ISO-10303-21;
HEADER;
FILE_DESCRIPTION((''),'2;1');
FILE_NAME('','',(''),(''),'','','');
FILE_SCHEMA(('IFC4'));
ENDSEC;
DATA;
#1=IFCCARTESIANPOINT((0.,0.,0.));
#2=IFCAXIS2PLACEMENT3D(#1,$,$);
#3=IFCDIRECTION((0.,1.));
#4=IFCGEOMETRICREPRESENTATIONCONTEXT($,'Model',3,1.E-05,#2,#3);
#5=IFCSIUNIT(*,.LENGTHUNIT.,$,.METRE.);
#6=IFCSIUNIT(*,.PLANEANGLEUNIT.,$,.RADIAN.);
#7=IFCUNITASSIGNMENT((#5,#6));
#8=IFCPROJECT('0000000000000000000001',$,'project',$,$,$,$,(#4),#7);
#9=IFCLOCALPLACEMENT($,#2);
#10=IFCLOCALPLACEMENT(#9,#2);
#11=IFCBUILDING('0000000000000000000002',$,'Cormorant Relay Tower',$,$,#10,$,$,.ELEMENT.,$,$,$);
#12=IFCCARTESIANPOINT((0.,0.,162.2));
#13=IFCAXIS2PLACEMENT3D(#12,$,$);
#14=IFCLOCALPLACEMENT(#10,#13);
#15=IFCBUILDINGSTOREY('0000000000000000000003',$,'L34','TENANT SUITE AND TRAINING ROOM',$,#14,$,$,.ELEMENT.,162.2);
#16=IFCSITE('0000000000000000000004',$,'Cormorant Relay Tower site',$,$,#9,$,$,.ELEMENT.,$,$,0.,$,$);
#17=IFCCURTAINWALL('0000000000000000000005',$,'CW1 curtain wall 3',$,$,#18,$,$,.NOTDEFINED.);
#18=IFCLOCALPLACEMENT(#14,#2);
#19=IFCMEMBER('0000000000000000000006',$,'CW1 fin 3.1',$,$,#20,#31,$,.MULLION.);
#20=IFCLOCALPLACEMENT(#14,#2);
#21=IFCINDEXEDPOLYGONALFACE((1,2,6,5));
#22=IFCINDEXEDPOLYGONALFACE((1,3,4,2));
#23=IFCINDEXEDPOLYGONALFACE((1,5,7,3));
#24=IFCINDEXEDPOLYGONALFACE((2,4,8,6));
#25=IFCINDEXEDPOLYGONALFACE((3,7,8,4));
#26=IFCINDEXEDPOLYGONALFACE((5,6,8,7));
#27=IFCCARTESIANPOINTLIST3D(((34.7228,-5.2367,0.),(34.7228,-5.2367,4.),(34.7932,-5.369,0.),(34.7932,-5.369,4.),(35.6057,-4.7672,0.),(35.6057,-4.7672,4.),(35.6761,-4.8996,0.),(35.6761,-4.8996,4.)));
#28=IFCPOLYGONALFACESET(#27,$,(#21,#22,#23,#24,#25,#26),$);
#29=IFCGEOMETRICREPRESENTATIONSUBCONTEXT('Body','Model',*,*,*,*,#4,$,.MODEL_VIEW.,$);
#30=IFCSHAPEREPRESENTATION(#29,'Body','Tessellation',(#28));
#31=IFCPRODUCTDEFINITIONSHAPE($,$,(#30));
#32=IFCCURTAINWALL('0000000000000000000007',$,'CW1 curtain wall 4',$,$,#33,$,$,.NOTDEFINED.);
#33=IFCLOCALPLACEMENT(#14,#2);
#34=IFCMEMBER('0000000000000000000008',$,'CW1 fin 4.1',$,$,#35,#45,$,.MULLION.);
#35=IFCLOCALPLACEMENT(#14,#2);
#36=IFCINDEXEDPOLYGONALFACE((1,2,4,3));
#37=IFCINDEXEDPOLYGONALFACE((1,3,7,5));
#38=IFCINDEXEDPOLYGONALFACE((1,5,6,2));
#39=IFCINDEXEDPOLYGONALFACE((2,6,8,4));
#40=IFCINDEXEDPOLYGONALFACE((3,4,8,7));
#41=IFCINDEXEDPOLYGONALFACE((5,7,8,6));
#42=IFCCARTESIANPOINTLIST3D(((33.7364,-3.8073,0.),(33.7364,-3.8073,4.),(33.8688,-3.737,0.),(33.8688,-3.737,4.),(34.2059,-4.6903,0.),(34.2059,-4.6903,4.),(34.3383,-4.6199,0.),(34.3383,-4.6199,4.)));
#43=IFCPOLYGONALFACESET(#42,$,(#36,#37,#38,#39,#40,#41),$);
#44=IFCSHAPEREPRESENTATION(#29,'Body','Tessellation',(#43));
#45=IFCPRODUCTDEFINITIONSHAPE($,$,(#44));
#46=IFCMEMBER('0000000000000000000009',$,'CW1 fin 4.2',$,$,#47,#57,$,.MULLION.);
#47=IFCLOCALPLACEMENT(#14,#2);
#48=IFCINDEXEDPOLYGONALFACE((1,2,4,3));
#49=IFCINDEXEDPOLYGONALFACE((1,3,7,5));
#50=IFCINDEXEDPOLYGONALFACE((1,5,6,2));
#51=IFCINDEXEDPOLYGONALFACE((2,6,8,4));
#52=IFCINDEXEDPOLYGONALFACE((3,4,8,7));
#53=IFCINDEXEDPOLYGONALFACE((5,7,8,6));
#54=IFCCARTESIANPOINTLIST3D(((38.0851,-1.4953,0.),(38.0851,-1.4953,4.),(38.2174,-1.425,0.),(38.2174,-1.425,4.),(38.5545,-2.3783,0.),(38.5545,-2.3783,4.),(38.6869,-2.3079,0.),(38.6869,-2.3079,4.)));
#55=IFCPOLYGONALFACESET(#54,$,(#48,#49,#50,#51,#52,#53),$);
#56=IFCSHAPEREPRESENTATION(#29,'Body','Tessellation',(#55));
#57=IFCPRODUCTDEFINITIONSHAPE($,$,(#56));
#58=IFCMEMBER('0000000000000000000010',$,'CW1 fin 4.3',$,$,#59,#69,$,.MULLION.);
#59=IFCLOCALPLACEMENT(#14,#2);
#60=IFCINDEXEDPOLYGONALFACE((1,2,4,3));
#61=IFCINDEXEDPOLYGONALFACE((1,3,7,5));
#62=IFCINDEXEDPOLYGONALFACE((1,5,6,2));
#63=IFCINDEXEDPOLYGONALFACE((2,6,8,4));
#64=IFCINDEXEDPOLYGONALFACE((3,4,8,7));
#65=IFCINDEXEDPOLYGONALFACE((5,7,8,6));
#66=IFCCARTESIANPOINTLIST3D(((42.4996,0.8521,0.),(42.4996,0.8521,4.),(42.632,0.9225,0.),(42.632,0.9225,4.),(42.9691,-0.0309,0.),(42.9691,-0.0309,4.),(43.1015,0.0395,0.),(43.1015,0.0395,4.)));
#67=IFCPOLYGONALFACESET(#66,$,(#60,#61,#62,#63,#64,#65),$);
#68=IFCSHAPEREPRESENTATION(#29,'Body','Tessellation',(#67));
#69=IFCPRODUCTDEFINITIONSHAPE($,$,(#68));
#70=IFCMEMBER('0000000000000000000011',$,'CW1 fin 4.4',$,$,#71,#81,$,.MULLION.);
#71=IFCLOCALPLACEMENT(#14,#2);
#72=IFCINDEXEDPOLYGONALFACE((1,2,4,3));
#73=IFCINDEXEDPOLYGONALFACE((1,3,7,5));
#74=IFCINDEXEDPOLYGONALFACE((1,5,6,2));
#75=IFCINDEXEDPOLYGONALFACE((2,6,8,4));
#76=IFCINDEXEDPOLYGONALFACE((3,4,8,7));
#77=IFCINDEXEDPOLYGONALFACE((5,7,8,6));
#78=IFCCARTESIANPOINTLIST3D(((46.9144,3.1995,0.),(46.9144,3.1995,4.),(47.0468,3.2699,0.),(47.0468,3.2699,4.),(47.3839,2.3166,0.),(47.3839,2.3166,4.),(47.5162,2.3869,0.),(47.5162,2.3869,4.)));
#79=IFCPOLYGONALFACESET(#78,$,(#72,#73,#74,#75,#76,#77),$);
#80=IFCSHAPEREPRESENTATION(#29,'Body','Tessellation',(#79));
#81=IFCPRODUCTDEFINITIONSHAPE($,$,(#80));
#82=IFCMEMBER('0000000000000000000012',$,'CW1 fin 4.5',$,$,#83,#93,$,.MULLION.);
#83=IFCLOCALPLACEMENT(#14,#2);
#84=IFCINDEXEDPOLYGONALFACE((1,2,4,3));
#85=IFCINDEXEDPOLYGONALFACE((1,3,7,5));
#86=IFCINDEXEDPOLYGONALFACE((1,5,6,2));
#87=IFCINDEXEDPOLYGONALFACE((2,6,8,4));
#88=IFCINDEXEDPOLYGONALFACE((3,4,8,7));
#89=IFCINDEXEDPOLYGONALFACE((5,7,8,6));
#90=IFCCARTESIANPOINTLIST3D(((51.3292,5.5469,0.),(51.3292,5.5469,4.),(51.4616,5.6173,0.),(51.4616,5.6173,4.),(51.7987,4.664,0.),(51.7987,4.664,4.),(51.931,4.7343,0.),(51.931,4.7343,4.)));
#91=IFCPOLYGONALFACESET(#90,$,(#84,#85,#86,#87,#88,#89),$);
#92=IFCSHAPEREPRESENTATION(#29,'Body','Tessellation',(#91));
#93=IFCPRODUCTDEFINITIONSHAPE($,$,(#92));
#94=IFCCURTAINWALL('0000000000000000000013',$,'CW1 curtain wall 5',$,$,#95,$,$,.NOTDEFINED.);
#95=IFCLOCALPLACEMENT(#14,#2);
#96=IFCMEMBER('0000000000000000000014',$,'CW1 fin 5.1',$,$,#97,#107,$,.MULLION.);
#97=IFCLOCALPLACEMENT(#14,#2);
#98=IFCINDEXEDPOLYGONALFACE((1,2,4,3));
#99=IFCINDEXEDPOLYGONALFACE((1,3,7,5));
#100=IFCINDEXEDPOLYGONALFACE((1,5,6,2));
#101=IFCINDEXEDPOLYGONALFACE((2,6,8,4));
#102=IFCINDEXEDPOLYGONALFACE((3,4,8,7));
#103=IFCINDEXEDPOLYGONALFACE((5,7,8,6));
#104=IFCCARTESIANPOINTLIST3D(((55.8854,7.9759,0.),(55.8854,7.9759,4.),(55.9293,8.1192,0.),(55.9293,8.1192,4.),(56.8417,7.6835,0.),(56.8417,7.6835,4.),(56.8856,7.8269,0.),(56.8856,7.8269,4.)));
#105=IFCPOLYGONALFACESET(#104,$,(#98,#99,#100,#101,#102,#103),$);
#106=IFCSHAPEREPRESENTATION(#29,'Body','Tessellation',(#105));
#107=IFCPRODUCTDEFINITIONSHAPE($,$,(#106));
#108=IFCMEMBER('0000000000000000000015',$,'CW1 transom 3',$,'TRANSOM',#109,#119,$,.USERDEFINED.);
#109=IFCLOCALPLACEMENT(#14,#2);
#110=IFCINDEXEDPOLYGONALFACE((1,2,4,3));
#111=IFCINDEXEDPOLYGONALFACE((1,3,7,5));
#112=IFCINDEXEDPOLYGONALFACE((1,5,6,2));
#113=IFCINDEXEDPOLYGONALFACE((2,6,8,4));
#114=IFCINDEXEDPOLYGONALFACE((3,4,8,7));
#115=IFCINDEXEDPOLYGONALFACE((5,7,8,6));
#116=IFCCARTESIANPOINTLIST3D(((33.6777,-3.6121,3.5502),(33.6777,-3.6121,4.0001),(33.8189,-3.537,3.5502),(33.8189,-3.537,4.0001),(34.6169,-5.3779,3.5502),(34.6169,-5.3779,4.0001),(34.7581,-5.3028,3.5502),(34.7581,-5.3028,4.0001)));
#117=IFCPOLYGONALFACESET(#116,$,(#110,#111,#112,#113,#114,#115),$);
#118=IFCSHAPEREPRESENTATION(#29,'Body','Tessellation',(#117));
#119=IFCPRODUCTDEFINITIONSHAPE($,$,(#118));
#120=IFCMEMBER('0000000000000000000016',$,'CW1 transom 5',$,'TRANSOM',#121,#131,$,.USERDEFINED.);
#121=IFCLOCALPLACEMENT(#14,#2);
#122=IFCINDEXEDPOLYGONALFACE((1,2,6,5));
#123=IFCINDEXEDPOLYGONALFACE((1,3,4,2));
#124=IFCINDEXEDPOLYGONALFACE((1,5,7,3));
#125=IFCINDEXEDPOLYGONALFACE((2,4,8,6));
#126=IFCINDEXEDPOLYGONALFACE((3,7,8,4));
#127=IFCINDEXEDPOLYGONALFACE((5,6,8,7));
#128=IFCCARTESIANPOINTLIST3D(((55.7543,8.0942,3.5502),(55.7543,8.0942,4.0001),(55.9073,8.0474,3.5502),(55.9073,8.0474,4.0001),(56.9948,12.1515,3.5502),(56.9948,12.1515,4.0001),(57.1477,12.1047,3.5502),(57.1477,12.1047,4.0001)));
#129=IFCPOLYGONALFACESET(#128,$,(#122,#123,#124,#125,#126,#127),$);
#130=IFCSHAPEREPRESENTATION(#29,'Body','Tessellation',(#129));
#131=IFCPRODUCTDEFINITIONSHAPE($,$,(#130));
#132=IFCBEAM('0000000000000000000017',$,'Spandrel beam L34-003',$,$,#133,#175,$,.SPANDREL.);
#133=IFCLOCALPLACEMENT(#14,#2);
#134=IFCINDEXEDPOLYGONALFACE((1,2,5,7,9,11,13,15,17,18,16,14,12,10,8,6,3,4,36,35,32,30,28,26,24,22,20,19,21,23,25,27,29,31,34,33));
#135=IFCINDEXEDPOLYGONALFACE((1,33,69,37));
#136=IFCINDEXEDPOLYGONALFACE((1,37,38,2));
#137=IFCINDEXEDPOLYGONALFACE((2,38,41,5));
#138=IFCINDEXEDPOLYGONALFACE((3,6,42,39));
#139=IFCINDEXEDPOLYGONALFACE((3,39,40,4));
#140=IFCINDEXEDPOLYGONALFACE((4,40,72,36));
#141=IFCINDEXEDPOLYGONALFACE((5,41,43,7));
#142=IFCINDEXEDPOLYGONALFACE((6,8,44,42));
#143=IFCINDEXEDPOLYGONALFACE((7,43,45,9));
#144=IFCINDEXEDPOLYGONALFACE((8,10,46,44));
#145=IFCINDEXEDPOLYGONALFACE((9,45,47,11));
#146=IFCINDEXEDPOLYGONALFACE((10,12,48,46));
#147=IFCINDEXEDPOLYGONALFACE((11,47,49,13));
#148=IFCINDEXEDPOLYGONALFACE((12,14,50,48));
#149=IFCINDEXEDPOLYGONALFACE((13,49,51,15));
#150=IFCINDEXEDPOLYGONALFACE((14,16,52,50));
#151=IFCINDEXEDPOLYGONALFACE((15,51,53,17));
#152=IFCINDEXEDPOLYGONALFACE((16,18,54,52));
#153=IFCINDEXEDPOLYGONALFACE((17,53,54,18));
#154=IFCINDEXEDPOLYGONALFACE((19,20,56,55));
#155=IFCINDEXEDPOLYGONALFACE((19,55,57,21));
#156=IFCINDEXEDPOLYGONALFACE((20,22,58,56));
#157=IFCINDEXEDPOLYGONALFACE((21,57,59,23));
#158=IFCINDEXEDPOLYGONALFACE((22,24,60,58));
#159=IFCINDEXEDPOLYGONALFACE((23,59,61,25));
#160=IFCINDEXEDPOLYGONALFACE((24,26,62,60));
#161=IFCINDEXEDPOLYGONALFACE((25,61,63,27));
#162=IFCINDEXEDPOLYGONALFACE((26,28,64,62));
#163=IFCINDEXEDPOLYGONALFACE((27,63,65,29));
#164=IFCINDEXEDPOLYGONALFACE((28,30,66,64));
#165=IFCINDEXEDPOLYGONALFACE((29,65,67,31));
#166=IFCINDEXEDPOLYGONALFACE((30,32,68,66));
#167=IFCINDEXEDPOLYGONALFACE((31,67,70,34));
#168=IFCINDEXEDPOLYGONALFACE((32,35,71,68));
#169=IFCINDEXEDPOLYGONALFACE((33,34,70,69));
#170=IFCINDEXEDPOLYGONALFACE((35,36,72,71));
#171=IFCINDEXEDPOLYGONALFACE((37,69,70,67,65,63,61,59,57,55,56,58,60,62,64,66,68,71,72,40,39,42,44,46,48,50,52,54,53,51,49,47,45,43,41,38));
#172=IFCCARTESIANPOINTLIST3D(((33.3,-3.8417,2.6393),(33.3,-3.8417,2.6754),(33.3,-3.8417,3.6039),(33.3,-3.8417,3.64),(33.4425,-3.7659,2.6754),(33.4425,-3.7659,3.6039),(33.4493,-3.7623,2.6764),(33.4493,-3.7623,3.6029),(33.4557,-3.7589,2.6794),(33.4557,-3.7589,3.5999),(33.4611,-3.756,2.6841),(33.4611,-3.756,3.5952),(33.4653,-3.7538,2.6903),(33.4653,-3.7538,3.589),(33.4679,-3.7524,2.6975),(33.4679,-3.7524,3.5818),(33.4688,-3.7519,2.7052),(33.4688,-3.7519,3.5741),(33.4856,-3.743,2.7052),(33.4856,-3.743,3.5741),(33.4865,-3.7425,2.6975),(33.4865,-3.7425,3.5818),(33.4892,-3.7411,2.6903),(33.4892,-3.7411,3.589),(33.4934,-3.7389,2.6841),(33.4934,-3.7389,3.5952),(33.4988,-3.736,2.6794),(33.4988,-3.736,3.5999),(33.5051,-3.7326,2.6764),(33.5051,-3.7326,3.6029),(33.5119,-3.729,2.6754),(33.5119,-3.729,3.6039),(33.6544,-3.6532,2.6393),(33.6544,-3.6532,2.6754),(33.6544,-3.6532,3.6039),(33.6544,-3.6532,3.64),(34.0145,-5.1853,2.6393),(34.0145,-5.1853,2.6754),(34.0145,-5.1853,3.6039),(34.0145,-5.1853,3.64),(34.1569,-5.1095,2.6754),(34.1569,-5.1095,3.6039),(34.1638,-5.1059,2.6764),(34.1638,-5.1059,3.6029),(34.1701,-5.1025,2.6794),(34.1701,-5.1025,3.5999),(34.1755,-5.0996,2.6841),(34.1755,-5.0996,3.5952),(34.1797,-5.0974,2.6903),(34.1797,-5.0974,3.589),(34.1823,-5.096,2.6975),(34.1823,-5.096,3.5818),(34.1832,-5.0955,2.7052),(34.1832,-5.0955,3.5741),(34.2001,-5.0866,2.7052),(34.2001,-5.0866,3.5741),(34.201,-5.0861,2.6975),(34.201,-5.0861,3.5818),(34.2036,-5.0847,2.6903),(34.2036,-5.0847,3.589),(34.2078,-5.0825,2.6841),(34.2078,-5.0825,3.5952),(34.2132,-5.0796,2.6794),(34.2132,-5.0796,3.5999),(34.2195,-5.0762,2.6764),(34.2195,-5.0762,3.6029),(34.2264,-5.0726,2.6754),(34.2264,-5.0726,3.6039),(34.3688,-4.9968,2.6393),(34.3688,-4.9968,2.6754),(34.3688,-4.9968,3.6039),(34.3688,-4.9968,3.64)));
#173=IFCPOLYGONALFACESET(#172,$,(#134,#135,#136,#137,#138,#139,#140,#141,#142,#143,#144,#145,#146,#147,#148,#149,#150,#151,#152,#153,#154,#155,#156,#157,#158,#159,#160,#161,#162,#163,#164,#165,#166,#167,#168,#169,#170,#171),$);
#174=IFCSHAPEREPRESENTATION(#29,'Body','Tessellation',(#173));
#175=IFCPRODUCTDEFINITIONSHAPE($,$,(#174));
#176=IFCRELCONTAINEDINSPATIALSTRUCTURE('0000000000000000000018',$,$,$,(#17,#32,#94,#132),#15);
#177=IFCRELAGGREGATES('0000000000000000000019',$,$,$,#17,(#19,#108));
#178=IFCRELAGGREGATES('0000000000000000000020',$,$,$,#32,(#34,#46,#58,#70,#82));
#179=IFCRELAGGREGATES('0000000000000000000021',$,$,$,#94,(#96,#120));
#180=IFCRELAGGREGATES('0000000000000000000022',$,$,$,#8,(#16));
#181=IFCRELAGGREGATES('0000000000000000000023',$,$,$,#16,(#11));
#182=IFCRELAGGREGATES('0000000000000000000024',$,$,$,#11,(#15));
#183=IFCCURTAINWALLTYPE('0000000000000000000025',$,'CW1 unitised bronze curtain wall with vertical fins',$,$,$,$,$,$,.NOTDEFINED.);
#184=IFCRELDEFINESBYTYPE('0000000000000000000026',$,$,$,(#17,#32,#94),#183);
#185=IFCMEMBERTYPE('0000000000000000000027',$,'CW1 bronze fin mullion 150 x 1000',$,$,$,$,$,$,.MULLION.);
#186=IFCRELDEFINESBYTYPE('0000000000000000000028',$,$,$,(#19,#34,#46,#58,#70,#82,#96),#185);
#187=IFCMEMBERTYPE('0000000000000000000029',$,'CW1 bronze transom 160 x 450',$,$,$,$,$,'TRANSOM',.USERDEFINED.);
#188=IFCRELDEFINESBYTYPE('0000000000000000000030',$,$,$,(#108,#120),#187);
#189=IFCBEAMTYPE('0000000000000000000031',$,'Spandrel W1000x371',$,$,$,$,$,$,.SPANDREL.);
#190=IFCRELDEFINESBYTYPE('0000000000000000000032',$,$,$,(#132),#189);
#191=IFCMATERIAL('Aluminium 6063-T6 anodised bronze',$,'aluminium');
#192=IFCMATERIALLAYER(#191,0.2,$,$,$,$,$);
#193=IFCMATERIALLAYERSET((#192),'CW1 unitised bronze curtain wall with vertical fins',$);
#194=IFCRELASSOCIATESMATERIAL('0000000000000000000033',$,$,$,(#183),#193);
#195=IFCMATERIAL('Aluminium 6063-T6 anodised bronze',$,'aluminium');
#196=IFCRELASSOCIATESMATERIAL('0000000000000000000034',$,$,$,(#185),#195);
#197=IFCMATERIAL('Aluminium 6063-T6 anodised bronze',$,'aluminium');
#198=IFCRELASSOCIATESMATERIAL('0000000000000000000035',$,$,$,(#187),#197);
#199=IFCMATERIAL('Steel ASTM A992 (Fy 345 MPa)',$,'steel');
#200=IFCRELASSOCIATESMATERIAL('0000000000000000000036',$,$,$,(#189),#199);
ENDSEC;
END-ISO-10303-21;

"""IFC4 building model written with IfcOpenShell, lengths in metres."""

from ifc_helpers import new_model, si_unit, direction, frame, origin, origin_2d, place, context, subcontext, project, spatial, rectangle, i_section, extrude, material, layer, layer_set, material_profile, profile_set, type_object, element, aggregate, save


model = new_model("IFC4")

# Units and contexts
model_context = context("Model", 3, precision=1e-05, world=origin(), true_north=direction((0.0, 1.0)))
body_context = subcontext(model_context, "Body", "Model", "MODEL_VIEW")
ifc_project = project(units=[si_unit("LENGTHUNIT", "METRE"), si_unit("PLANEANGLEUNIT", "RADIAN")], contexts=[model_context])

# Site, building, storey
site_placement = place(None, origin())
site = spatial("IfcSite", under=ifc_project, at=site_placement, Name="Cormorant Relay Tower site", CompositionType="ELEMENT", RefElevation=0.0)
building_placement = place(site_placement, origin())
building = spatial("IfcBuilding", under=site, at=building_placement, Name="Cormorant Relay Tower", CompositionType="ELEMENT")
storey_placement = place(building_placement, frame((0.0, 0.0, 162.2)))
storey = spatial("IfcBuildingStorey", under=building, at=storey_placement, Name="L34", Description="TENANT SUITE AND TRAINING ROOM", CompositionType="ELEMENT", Elevation=162.2)

# Curtain wall, member
ifc_material_1 = material(Name="Aluminium 6063-T6 anodised bronze", Category="aluminium")
ifc_layer_1 = layer(ifc_material_1, 0.2)
ifc_layer_set_1 = layer_set([ifc_layer_1], Name="CW1 unitised bronze curtain wall with vertical fins")
curtain_wall_type = type_object("IfcCurtainWallType", Name="CW1 unitised bronze curtain wall with vertical fins", PredefinedType="NOTDEFINED", material=ifc_layer_set_1)
curtain_wall_1_placement = place(storey_placement, origin())
curtain_wall_1 = element("IfcCurtainWall", 1, at=curtain_wall_1_placement, inside=storey, type_object=curtain_wall_type, Name="CW1 curtain wall 3", PredefinedType="NOTDEFINED")
ifc_material_2 = material(Name="Aluminium 6063-T6 anodised bronze", Category="aluminium")
ifc_material_profile_1 = material_profile(ifc_material_2, rectangle(XDim=0.1499, YDim=1.0, at=origin_2d()), Name="AL 150x1000")
ifc_profile_set_1 = profile_set([ifc_material_profile_1], Name="Aluminium 6063-T6 anodised bronze")
member_type_1 = type_object("IfcMemberType", Name="CW1 bronze fin mullion 150 x 1000", PredefinedType="MULLION", material=ifc_profile_set_1)
member_1_placement = place(storey_placement, frame((35.1995, -5.0681, 0.0), z_axis=(0.0, 0.0, 1.0), x_axis=(-0.469472, 0.882948, 0.0)))
member_1 = element("IfcMember", 2, at=member_1_placement, type_object=member_type_1, Name="CW1 fin 3.1", PredefinedType="MULLION", context=body_context, shape_type="SweptSolid", body=[
    extrude(rectangle(XDim=0.1499, YDim=1.0, at=origin_2d()), origin(), (0.0, 0.0, 1.0), 4.0),
])

# Curtain wall, members
curtain_wall_2_placement = place(storey_placement, origin())
curtain_wall_2 = element("IfcCurtainWall", 3, at=curtain_wall_2_placement, inside=storey, type_object=curtain_wall_type, Name="CW1 curtain wall 4", PredefinedType="NOTDEFINED")
member_2_placement = place(storey_placement, frame((34.0374, -4.2136, 0.0), z_axis=(0.0, 0.0, 1.0), x_axis=(0.882948, 0.469472, 0.0)))
member_2 = element("IfcMember", 4, at=member_2_placement, type_object=member_type_1, Name="CW1 fin 4.1", PredefinedType="MULLION", context=body_context, shape_type="SweptSolid", body=[
    extrude(rectangle(XDim=0.1499, YDim=1.0, at=origin_2d()), origin(), (0.0, 0.0, 1.0), 4.0),
])
member_3_placement = place(storey_placement, frame((38.386, -1.9016, 0.0), z_axis=(0.0, 0.0, 1.0), x_axis=(0.882948, 0.469472, 0.0)))
member_3 = element("IfcMember", 5, at=member_3_placement, type_object=member_type_1, Name="CW1 fin 4.2", PredefinedType="MULLION", context=body_context, shape_type="SweptSolid", body=[
    extrude(rectangle(XDim=0.1499, YDim=1.0, at=origin_2d()), origin(), (0.0, 0.0, 1.0), 4.0),
])
member_4_placement = place(storey_placement, frame((42.8005, 0.4458, 0.0), z_axis=(0.0, 0.0, 1.0), x_axis=(0.882948, 0.469472, 0.0)))
member_4 = element("IfcMember", 6, at=member_4_placement, type_object=member_type_1, Name="CW1 fin 4.3", PredefinedType="MULLION", context=body_context, shape_type="SweptSolid", body=[
    extrude(rectangle(XDim=0.1499, YDim=1.0, at=origin_2d()), origin(), (0.0, 0.0, 1.0), 4.0),
])
member_5_placement = place(storey_placement, frame((47.2153, 2.7932, 0.0), z_axis=(0.0, 0.0, 1.0), x_axis=(0.882948, 0.469472, 0.0)))
member_5 = element("IfcMember", 7, at=member_5_placement, type_object=member_type_1, Name="CW1 fin 4.4", PredefinedType="MULLION", context=body_context, shape_type="SweptSolid", body=[
    extrude(rectangle(XDim=0.1499, YDim=1.0, at=origin_2d()), origin(), (0.0, 0.0, 1.0), 4.0),
])
member_6_placement = place(storey_placement, frame((51.6301, 5.1406, 0.0), z_axis=(0.0, 0.0, 1.0), x_axis=(0.882948, 0.469472, 0.0)))
member_6 = element("IfcMember", 8, at=member_6_placement, type_object=member_type_1, Name="CW1 fin 4.5", PredefinedType="MULLION", context=body_context, shape_type="SweptSolid", body=[
    extrude(rectangle(XDim=0.1499, YDim=1.0, at=origin_2d()), origin(), (0.0, 0.0, 1.0), 4.0),
])

# Curtain wall, member
curtain_wall_3_placement = place(storey_placement, origin())
curtain_wall_3 = element("IfcCurtainWall", 9, at=curtain_wall_3_placement, inside=storey, type_object=curtain_wall_type, Name="CW1 curtain wall 5", PredefinedType="NOTDEFINED")
member_7_placement = place(storey_placement, frame((56.3855, 7.9014, 0.0), z_axis=(0.0, 0.0, 1.0), x_axis=(0.292372, 0.956305, 0.0)))
member_7 = element("IfcMember", 10, at=member_7_placement, type_object=member_type_1, Name="CW1 fin 5.1", PredefinedType="MULLION", context=body_context, shape_type="SweptSolid", body=[
    extrude(rectangle(XDim=0.1499, YDim=1.0, at=origin_2d()), origin(), (0.0, 0.0, 1.0), 4.0),
])

# Members
ifc_material_3 = material(Name="Aluminium 6063-T6 anodised bronze", Category="aluminium")
ifc_material_profile_2 = material_profile(ifc_material_3, rectangle(XDim=0.1599, YDim=0.45, at=origin_2d()), Name="AL 160x450")
ifc_profile_set_2 = profile_set([ifc_material_profile_2], Name="Aluminium 6063-T6 anodised bronze")
member_type_2 = type_object("IfcMemberType", Name="CW1 bronze transom 160 x 450", ElementType="TRANSOM", PredefinedType="USERDEFINED", material=ifc_profile_set_2)
member_8_placement = place(storey_placement, frame((34.6875, -5.3403, 3.7751), z_axis=(-0.469581, 0.88289, 0.0), x_axis=(-0.88289, -0.469581, 0.0)))
member_8 = element("IfcMember", 11, at=member_8_placement, type_object=member_type_2, Name="CW1 transom 3", ObjectType="TRANSOM", PredefinedType="USERDEFINED", context=body_context, shape_type="SweptSolid", body=[
    extrude(rectangle(XDim=0.1599, YDim=0.45, at=origin_2d()), origin(), (0.0, 0.0, 1.0), 2.0),
])
member_9_placement = place(storey_placement, frame((55.8308, 8.0708, 3.7751), z_axis=(0.292375, 0.956304, 0.0), x_axis=(-0.956304, 0.292375, 0.0)))
member_9 = element("IfcMember", 12, at=member_9_placement, type_object=member_type_2, Name="CW1 transom 5", ObjectType="TRANSOM", PredefinedType="USERDEFINED", context=body_context, shape_type="SweptSolid", body=[
    extrude(rectangle(XDim=0.1599, YDim=0.45, at=origin_2d()), origin(), (0.0, 0.0, 1.0), 4.2427),
])

# Beam
ifc_material_4 = material(Name="Steel ASTM A992 (Fy 345 MPa)", Category="steel")
ifc_material_profile_3 = material_profile(ifc_material_4, i_section(OverallWidth=0.4014, OverallDepth=1.0007, WebThickness=0.019, FlangeThickness=0.0361, FilletRadius=0.0298, at=origin_2d()), Name="W1000x371")
ifc_profile_set_3 = profile_set([ifc_material_profile_3], Name="Steel ASTM A992 (Fy 345 MPa)")
beam_type = type_object("IfcBeamType", Name="Spandrel W1000x371", PredefinedType="SPANDREL", material=ifc_profile_set_3)
beam_1_placement = place(storey_placement, frame((34.1917, -5.0911, 3.1396), z_axis=(-0.469472, 0.882947, 0.0), x_axis=(-0.882947, -0.469472, 0.0)))
element("IfcBeam", 13, at=beam_1_placement, inside=storey, type_object=beam_type, Name="Spandrel beam L34-003", PredefinedType="SPANDREL", context=body_context, shape_type="SweptSolid", body=[
    extrude(i_section(OverallWidth=0.4014, OverallDepth=1.0007, WebThickness=0.019, FlangeThickness=0.0361, FilletRadius=0.0298, at=origin_2d()), origin(), (0.0, 0.0, 1.0), 1.5217),
])

aggregate(curtain_wall_1, [member_1, member_8])
aggregate(curtain_wall_2, [member_2, member_3, member_4, member_5, member_6])
aggregate(curtain_wall_3, [member_7, member_9])

save(model, "model.ifc")
